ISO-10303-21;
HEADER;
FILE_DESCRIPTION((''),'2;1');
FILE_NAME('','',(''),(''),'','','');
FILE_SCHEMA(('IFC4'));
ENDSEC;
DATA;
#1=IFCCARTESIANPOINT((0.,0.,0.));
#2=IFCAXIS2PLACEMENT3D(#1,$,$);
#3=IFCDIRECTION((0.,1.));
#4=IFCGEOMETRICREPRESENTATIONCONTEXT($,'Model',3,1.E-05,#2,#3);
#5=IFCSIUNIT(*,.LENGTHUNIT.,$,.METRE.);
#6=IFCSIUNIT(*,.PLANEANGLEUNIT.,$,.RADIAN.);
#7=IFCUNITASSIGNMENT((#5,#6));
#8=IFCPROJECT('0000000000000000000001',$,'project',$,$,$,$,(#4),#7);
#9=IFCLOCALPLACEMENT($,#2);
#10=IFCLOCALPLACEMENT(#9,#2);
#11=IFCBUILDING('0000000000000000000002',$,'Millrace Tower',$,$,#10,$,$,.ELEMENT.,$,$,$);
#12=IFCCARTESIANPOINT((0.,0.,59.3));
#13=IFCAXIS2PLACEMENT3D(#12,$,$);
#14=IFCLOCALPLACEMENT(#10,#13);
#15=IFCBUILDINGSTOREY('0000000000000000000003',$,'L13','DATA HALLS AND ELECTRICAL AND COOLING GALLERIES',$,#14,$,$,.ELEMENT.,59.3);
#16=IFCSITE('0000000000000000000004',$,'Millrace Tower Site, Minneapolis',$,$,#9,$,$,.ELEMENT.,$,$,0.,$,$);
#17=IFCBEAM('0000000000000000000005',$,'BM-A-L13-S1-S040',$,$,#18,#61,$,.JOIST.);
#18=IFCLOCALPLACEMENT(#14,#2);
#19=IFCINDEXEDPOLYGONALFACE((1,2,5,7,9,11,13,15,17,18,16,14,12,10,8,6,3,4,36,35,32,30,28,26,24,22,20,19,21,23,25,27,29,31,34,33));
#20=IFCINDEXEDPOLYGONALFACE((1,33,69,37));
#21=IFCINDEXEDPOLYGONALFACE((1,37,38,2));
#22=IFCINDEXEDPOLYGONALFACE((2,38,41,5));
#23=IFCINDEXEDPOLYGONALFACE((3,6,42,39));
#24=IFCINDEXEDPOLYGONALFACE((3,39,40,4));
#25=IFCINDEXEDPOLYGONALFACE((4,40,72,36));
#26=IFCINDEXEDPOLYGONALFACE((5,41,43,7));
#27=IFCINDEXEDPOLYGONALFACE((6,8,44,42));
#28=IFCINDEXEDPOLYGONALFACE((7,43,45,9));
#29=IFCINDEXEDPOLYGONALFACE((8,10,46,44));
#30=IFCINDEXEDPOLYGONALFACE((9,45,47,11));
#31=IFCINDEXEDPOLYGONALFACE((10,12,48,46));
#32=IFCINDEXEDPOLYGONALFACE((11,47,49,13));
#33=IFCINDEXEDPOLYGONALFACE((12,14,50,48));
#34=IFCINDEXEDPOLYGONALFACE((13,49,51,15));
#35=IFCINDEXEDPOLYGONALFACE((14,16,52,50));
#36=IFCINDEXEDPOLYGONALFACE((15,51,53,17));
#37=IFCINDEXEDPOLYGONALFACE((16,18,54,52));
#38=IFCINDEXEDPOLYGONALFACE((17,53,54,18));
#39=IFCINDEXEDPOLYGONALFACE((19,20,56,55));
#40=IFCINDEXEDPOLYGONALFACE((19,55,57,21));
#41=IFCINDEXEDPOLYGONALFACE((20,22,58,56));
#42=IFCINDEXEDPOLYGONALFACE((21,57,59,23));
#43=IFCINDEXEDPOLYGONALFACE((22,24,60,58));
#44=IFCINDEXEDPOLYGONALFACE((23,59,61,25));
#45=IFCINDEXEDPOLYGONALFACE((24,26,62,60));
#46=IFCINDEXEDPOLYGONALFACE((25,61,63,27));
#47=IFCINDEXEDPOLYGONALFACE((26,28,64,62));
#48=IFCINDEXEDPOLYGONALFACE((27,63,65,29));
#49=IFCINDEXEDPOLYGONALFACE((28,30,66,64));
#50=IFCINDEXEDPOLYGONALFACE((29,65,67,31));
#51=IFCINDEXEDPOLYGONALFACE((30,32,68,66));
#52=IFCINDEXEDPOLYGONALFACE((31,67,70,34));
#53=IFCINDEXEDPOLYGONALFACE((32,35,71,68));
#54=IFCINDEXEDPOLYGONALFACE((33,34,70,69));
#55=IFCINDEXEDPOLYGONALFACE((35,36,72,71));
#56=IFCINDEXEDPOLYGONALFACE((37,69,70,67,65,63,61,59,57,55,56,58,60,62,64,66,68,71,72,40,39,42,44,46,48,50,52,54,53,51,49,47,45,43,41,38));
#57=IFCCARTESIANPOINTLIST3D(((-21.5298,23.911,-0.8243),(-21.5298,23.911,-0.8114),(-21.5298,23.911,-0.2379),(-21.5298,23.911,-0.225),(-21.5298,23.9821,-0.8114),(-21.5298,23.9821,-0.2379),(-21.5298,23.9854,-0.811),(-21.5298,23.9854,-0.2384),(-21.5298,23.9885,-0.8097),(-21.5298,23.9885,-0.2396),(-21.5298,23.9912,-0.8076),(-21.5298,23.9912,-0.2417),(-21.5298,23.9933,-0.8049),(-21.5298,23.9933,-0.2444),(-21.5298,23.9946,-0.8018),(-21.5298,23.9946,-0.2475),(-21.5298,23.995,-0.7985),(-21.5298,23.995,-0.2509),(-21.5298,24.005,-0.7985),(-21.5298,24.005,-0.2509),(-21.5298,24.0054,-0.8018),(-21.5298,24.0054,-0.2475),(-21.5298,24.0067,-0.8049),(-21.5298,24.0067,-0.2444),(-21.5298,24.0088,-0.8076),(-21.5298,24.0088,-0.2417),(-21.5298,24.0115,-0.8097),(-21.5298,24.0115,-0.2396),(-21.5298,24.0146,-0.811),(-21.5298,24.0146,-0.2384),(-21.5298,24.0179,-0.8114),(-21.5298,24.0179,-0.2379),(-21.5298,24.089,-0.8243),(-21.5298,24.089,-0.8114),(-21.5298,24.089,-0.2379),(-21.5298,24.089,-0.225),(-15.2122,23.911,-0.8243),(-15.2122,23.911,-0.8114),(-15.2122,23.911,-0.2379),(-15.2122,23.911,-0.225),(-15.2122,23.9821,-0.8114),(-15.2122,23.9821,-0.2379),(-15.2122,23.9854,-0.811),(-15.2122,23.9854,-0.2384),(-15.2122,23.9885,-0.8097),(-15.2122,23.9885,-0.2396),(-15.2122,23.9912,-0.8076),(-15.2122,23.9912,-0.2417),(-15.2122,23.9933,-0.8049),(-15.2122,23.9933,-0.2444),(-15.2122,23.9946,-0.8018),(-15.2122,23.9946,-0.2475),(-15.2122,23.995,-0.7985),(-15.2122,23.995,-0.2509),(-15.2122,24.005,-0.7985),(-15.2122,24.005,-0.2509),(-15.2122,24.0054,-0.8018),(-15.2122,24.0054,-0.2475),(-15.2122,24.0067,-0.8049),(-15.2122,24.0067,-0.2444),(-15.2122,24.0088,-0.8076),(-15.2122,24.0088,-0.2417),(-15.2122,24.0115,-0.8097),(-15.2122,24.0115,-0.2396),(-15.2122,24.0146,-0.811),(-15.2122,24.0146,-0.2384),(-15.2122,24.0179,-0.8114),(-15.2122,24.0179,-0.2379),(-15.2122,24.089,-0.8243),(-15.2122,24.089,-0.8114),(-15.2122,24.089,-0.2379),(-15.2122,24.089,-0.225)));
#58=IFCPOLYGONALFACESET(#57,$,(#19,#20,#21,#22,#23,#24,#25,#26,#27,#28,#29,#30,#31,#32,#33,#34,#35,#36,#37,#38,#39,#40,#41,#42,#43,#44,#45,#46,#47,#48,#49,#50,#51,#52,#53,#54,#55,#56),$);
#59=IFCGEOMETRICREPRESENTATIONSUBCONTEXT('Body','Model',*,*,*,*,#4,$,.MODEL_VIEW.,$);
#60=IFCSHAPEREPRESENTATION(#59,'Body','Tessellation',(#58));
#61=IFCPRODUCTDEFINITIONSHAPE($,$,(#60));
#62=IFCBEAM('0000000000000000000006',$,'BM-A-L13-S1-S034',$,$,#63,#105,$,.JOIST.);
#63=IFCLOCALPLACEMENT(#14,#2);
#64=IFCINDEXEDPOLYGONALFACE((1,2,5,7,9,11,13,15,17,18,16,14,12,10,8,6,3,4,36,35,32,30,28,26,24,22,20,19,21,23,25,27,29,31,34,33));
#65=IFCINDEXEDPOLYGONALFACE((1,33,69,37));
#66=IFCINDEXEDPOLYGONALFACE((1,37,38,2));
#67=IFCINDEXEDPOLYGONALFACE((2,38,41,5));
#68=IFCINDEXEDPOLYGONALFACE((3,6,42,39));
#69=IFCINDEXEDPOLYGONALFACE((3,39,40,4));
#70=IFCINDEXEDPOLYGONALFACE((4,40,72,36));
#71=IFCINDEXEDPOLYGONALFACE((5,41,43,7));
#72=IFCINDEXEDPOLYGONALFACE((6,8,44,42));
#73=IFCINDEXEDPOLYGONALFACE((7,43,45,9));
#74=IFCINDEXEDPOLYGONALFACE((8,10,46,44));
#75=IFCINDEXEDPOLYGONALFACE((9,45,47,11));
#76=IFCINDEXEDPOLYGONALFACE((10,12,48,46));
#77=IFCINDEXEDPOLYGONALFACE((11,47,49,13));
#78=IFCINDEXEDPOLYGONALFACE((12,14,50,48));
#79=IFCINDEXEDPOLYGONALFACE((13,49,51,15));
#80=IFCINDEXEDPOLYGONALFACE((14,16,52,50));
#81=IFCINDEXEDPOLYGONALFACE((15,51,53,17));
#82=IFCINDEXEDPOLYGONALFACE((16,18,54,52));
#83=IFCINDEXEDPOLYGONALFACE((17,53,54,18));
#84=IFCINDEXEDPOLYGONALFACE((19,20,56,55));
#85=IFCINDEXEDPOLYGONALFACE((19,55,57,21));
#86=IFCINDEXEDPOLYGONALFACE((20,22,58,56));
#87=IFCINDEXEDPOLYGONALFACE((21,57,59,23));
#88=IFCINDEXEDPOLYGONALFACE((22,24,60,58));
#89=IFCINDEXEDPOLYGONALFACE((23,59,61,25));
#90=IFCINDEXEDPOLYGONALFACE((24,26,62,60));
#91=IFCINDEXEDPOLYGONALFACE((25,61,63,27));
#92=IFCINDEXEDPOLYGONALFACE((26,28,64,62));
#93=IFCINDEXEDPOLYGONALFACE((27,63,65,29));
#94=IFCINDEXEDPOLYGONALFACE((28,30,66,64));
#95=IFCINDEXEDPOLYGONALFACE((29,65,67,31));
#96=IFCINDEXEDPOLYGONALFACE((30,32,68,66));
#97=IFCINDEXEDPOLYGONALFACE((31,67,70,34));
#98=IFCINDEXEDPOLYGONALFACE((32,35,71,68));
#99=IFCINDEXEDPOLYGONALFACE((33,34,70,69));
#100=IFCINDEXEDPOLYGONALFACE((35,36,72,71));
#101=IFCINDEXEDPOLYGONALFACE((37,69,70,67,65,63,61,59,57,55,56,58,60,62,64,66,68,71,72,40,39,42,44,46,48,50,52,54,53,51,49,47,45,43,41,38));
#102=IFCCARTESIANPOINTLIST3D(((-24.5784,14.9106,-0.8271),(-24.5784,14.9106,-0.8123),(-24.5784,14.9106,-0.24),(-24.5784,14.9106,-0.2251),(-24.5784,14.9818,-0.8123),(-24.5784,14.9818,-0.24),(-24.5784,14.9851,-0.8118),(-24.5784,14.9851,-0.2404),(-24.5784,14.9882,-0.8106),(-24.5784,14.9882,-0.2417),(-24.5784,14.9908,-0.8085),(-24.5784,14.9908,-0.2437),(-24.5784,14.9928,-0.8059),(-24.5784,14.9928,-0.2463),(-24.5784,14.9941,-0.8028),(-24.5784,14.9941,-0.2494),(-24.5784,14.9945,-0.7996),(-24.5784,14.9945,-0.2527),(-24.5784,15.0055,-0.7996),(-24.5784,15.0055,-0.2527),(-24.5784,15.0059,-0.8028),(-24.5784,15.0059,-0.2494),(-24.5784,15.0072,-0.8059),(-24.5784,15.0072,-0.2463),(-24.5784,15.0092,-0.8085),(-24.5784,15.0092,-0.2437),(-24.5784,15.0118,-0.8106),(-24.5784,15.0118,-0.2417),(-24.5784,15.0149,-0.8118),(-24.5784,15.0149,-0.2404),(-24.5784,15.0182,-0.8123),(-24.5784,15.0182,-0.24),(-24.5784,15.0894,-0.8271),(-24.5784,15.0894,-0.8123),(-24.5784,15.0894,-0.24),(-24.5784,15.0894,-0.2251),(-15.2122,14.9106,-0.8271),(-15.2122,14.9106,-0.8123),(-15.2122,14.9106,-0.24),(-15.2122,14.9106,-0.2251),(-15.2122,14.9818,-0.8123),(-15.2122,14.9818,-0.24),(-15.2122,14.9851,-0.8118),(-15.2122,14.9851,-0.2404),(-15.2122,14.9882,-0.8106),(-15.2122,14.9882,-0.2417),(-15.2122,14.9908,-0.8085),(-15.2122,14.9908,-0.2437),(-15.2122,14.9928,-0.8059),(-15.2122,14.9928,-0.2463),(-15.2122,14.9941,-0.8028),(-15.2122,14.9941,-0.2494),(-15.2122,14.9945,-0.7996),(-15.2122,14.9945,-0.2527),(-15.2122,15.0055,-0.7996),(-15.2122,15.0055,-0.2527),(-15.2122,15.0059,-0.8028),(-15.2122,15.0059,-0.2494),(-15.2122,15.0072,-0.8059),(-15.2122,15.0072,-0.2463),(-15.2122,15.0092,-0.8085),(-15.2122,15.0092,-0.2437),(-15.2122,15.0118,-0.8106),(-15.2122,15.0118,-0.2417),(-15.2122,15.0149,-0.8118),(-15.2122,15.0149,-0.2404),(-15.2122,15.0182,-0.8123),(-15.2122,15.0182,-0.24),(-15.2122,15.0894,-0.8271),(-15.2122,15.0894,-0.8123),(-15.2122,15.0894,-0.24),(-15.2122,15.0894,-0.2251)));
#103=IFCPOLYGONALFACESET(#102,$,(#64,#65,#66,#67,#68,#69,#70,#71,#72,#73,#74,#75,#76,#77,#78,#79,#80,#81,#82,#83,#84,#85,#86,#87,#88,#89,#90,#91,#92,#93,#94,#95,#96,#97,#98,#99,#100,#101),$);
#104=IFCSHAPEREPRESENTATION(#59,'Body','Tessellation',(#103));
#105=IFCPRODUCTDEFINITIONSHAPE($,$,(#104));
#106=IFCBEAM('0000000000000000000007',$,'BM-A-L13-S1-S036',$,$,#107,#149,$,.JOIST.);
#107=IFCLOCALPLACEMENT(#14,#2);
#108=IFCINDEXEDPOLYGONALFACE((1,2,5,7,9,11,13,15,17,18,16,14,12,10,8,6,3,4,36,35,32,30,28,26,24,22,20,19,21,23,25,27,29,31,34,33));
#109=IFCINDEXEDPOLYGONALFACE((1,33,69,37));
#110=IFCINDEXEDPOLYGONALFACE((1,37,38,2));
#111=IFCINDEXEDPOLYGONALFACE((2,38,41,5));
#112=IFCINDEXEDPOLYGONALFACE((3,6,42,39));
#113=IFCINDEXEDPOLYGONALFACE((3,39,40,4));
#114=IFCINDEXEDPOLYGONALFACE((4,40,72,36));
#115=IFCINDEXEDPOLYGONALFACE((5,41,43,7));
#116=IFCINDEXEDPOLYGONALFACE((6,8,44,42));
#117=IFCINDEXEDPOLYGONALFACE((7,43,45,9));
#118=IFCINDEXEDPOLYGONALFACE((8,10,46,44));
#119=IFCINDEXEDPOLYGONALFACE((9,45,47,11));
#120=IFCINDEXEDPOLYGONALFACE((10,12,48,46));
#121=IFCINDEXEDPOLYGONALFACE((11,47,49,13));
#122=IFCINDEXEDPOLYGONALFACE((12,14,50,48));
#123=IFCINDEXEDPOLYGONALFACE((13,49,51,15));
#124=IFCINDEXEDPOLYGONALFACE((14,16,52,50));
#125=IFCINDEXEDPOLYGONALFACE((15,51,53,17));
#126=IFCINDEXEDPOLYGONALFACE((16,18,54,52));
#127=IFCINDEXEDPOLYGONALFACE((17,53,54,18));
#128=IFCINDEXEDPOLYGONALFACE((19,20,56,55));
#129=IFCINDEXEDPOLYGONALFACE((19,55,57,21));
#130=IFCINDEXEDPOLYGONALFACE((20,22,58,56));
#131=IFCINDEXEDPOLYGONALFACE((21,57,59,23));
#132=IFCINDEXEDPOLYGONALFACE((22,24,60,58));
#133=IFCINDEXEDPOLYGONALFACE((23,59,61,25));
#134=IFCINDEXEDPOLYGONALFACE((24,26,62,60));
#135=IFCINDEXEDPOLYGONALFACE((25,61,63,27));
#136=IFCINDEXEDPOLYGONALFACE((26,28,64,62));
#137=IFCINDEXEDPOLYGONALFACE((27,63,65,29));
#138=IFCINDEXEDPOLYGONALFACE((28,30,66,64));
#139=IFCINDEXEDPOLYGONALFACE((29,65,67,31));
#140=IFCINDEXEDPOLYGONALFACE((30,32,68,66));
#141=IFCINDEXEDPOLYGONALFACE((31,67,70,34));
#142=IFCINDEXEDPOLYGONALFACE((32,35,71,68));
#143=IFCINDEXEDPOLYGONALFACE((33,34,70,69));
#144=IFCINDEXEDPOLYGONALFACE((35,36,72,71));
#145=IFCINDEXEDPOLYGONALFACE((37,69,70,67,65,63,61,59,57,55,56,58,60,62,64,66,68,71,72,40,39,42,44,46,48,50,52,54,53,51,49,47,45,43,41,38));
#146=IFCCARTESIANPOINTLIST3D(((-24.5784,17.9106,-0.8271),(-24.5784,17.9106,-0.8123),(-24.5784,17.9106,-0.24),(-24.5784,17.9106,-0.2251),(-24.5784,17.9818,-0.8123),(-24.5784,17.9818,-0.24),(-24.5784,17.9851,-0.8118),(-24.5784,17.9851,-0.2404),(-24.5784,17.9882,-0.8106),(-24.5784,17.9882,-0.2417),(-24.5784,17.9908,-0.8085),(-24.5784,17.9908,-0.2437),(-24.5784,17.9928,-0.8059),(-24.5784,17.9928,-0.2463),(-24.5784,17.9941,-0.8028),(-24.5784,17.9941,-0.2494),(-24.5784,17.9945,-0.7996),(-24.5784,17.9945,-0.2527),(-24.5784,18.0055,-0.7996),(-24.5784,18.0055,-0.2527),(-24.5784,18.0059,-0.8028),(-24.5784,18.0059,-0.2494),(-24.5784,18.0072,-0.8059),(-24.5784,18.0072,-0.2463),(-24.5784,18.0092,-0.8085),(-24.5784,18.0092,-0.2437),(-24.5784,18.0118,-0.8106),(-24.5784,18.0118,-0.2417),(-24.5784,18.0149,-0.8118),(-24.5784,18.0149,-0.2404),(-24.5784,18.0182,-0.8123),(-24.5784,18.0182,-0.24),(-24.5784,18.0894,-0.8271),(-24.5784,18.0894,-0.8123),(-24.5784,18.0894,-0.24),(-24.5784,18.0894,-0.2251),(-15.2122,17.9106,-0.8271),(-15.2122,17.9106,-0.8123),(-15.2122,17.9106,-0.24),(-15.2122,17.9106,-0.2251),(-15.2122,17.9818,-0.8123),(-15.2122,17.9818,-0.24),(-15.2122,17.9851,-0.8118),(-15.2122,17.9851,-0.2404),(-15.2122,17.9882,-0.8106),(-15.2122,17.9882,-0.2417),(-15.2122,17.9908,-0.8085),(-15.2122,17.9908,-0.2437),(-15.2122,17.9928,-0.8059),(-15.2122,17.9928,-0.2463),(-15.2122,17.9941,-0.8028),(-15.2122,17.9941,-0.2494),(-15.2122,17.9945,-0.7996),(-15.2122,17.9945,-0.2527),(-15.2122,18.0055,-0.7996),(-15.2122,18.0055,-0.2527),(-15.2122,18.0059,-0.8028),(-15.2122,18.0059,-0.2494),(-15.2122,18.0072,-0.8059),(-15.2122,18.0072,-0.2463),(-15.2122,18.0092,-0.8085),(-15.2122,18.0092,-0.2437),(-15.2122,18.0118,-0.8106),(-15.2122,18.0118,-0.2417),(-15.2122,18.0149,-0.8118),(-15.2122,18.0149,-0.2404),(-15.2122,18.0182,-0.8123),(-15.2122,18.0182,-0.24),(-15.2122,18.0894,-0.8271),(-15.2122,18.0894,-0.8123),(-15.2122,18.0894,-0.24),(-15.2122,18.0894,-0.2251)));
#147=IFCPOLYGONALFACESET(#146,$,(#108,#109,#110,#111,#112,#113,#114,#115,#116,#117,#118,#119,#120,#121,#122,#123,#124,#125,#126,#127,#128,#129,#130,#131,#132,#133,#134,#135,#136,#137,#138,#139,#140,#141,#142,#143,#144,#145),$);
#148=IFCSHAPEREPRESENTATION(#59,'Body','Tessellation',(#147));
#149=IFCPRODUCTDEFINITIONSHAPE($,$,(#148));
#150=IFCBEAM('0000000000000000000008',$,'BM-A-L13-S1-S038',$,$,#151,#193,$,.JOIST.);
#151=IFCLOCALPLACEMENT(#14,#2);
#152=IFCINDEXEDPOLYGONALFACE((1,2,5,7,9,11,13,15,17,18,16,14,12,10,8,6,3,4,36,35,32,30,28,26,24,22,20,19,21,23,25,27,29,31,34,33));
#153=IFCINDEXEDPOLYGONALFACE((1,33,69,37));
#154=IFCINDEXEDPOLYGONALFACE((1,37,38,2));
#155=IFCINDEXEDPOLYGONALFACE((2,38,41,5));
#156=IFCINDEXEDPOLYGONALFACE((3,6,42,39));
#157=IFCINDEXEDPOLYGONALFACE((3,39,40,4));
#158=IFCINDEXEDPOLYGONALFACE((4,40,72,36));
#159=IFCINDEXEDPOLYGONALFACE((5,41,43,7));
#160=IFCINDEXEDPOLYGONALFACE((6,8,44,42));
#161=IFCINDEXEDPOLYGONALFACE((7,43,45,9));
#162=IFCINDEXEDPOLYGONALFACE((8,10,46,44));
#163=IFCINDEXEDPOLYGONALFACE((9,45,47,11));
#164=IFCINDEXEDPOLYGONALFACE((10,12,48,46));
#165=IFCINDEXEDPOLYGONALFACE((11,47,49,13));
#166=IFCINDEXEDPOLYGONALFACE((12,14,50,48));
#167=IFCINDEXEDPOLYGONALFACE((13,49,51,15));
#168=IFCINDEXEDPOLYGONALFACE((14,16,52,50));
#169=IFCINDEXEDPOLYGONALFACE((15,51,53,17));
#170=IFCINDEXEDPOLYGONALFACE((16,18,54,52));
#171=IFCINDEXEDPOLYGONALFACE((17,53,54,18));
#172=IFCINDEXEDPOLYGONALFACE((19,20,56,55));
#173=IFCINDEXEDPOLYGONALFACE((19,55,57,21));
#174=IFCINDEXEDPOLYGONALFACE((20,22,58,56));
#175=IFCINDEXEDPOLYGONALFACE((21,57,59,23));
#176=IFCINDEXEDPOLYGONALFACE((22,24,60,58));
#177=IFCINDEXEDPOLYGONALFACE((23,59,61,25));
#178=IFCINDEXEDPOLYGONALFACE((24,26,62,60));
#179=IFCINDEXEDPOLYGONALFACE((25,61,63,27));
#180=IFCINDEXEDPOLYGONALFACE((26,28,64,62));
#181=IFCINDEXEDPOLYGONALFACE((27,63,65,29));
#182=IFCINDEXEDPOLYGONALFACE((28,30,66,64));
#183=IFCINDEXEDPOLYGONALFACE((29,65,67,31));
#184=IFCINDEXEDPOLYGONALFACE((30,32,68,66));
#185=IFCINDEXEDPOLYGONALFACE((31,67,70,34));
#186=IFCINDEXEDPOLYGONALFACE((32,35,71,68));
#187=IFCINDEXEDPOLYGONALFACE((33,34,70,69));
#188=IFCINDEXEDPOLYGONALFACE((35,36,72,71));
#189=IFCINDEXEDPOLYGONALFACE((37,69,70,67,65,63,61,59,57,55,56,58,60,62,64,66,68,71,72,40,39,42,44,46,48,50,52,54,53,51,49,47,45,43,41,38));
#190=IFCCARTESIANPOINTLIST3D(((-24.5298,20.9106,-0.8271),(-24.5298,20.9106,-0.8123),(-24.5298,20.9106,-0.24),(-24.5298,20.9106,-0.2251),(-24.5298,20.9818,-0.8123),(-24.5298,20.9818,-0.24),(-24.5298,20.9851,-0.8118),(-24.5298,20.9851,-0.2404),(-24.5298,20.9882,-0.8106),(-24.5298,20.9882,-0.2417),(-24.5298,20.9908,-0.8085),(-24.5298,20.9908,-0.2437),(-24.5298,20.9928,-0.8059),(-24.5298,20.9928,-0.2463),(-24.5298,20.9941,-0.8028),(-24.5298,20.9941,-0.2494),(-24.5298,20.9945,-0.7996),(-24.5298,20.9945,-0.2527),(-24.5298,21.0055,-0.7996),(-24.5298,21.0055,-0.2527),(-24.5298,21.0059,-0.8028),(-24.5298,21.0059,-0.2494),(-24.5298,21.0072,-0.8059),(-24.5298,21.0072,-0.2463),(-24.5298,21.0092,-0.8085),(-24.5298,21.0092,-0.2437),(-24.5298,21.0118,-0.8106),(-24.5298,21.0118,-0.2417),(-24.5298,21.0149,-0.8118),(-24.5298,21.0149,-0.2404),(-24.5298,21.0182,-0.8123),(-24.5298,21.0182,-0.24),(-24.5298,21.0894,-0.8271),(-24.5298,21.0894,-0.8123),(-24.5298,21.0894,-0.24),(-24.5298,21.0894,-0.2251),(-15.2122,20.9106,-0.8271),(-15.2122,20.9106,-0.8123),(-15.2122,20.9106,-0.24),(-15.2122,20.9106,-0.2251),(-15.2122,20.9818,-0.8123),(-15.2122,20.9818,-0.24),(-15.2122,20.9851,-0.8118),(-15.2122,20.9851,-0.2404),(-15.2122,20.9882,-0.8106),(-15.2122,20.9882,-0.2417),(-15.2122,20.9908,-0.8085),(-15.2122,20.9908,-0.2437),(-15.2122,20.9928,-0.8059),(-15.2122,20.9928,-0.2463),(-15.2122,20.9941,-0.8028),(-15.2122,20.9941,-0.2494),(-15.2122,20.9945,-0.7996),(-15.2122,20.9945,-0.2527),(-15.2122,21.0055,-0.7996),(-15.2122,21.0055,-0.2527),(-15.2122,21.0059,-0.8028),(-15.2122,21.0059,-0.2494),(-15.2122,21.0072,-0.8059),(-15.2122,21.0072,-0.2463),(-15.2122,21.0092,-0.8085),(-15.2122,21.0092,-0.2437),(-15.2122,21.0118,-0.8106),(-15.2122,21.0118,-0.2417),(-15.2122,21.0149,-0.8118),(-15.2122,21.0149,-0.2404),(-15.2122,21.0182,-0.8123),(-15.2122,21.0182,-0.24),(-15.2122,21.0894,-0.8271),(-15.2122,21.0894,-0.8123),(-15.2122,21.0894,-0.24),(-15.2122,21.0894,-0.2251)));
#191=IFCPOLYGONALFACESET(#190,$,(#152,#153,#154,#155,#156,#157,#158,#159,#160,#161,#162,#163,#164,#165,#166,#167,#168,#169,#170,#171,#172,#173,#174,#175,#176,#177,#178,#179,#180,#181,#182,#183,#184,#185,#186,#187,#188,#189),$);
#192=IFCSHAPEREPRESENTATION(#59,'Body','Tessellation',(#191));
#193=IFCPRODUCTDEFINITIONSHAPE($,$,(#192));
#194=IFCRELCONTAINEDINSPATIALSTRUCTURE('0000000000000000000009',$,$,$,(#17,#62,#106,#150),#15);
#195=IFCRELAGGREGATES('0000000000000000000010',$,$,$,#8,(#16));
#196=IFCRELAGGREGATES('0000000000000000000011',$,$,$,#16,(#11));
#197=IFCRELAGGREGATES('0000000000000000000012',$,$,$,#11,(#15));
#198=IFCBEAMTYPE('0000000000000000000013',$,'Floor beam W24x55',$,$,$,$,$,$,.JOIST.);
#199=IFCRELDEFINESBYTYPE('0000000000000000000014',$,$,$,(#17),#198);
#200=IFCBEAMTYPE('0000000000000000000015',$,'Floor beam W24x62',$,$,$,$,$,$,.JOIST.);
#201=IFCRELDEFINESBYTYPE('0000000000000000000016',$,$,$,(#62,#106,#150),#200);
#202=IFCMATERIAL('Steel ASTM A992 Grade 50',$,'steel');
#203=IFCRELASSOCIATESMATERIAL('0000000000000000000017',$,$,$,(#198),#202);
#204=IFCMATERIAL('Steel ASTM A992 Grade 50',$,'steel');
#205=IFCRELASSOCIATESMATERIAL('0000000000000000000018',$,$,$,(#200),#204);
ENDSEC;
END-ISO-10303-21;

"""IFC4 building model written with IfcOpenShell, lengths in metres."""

from ifc_helpers import new_model, si_unit, direction, frame, origin, origin_2d, place, context, subcontext, project, spatial, i_section, extrude, material, material_profile, profile_set, type_object, element, save


model = new_model("IFC4")

# Units and contexts
model_context = context("Model", 3, precision=1e-05, world=origin(), true_north=direction((0.0, 1.0)))
body_context = subcontext(model_context, "Body", "Model", "MODEL_VIEW")
ifc_project = project(units=[si_unit("LENGTHUNIT", "METRE"), si_unit("PLANEANGLEUNIT", "RADIAN")], contexts=[model_context])

# Site, building, storey
site_placement = place(None, origin())
site = spatial("IfcSite", under=ifc_project, at=site_placement, Name="Millrace Tower Site, Minneapolis", CompositionType="ELEMENT", RefElevation=0.0)
building_placement = place(site_placement, origin())
building = spatial("IfcBuilding", under=site, at=building_placement, Name="Millrace Tower", CompositionType="ELEMENT")
storey_placement = place(building_placement, frame((0.0, 0.0, 59.3)))
storey = spatial("IfcBuildingStorey", under=building, at=storey_placement, Name="L13", Description="DATA HALLS AND ELECTRICAL AND COOLING GALLERIES", CompositionType="ELEMENT", Elevation=59.3)

# Beams
ifc_material_1 = material(Name="Steel ASTM A992 Grade 50", Category="steel")
ifc_material_profile_1 = material_profile(ifc_material_1, i_section(OverallWidth=0.178, OverallDepth=0.5994, WebThickness=0.01, FlangeThickness=0.0129, FilletRadius=0.0129, at=origin_2d()))
ifc_profile_set_1 = profile_set([ifc_material_profile_1], Name="Steel ASTM A992 Grade 50")
beam_type_1 = type_object("IfcBeamType", Name="Floor beam W24x55", PredefinedType="JOIST", material=ifc_profile_set_1)
beam_1_placement = place(storey_placement, frame((-21.5298, 24.0, -0.5247), z_axis=(1.0, 0.0, 0.0), x_axis=(0.0, 1.0, 0.0)))
element("IfcBeam", 1, at=beam_1_placement, inside=storey, type_object=beam_type_1, Name="BM-A-L13-S1-S040", PredefinedType="JOIST", context=body_context, shape_type="SweptSolid", body=[
    extrude(i_section(OverallWidth=0.178, OverallDepth=0.5994, WebThickness=0.01, FlangeThickness=0.0129, FilletRadius=0.0129, at=origin_2d()), origin(), (0.0, 0.0, 1.0), 6.3176),
])
ifc_material_2 = material(Name="Steel ASTM A992 Grade 50", Category="steel")
ifc_material_profile_2 = material_profile(ifc_material_2, i_section(OverallWidth=0.1787, OverallDepth=0.6021, WebThickness=0.011, FlangeThickness=0.0149, FilletRadius=0.0127, at=origin_2d()))
ifc_profile_set_2 = profile_set([ifc_material_profile_2], Name="Steel ASTM A992 Grade 50")
beam_type_2 = type_object("IfcBeamType", Name="Floor beam W24x62", PredefinedType="JOIST", material=ifc_profile_set_2)
for number, where, z_axis, x_axis, name in (
    (2, (-24.5784, 15.0, -0.5261), (1.0, 0.0, 0.0), (0.0, 1.0, 0.0), "BM-A-L13-S1-S034"),
    (3, (-24.5784, 18.0, -0.5261), (1.0, 0.0, 0.0), (0.0, 1.0, 0.0), "BM-A-L13-S1-S036"),
):
    element("IfcBeam", number, at=place(storey_placement, frame(where, z_axis=z_axis, x_axis=x_axis)), inside=storey, type_object=beam_type_2, Name=name, PredefinedType="JOIST", context=body_context, shape_type="SweptSolid", body=[
        extrude(i_section(OverallWidth=0.1787, OverallDepth=0.6021, WebThickness=0.011, FlangeThickness=0.0149, FilletRadius=0.0127, at=origin_2d()), origin(), (0.0, 0.0, 1.0), 9.3662),
    ])
beam_2_placement = place(storey_placement, frame((-24.5298, 21.0, -0.5261), z_axis=(1.0, 0.0, 0.0), x_axis=(0.0, 1.0, 0.0)))
element("IfcBeam", 4, at=beam_2_placement, inside=storey, type_object=beam_type_2, Name="BM-A-L13-S1-S038", PredefinedType="JOIST", context=body_context, shape_type="SweptSolid", body=[
    extrude(i_section(OverallWidth=0.1787, OverallDepth=0.6021, WebThickness=0.011, FlangeThickness=0.0149, FilletRadius=0.0127, at=origin_2d()), origin(), (0.0, 0.0, 1.0), 9.3176),
])

save(model, "model.ifc")
